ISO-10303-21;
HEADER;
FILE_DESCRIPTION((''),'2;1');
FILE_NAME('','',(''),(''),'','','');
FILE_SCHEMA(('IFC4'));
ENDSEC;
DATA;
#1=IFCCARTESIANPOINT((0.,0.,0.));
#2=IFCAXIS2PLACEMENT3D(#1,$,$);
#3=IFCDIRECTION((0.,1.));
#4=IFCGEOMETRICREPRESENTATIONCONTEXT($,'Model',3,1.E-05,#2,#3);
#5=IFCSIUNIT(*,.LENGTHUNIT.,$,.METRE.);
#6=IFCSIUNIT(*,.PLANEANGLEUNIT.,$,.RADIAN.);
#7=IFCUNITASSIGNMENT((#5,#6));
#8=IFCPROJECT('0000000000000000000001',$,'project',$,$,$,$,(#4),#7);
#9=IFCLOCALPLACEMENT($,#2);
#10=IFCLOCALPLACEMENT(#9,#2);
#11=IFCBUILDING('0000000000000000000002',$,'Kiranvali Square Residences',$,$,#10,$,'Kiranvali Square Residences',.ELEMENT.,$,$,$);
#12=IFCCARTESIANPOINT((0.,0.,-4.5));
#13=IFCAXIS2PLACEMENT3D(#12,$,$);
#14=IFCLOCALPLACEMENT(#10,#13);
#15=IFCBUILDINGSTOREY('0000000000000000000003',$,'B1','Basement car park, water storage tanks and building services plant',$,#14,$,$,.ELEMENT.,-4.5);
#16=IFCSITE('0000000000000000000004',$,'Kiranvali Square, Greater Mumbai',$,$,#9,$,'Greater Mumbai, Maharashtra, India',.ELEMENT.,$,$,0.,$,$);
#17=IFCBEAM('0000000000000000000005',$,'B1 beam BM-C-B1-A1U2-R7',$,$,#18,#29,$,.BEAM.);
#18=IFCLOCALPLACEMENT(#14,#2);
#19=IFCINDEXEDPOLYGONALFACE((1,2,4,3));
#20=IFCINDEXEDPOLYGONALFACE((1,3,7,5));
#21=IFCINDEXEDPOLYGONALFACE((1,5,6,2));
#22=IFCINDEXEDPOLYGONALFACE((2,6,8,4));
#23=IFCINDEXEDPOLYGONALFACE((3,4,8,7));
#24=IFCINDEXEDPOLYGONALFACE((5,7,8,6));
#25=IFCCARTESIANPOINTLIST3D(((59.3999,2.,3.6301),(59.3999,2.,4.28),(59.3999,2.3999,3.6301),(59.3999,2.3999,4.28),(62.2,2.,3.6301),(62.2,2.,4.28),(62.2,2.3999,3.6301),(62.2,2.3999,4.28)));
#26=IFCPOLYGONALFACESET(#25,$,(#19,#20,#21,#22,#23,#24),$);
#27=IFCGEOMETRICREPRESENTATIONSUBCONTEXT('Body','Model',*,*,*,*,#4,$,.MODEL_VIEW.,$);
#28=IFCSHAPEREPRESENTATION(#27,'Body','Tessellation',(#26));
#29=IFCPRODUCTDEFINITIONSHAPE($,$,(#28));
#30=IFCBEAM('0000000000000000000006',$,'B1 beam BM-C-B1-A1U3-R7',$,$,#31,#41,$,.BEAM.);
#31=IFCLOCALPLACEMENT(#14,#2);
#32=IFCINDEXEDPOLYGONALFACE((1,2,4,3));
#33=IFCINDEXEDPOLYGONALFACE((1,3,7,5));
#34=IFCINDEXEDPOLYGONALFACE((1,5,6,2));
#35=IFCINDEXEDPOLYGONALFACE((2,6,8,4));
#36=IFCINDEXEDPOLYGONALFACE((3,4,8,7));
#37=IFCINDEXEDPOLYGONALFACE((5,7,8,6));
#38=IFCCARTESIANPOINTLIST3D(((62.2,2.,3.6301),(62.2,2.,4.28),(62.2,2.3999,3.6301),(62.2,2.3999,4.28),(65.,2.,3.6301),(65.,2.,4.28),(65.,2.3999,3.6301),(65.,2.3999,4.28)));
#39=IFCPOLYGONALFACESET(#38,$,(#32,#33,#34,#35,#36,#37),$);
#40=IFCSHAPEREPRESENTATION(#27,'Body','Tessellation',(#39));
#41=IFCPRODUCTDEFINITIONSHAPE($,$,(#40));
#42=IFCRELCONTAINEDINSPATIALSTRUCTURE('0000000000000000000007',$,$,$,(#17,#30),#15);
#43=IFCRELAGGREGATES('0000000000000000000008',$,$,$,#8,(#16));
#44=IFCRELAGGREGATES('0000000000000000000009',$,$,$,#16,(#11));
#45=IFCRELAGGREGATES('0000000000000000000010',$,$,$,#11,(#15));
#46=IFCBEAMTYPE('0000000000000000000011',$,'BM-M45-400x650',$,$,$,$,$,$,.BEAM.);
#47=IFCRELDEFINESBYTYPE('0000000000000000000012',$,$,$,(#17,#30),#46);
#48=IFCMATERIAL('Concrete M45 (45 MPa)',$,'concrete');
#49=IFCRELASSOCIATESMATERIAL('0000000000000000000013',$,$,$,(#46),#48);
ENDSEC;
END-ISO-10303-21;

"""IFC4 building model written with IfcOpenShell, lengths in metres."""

from ifc_helpers import new_model, si_unit, direction, frame, origin, origin_2d, place, context, subcontext, project, spatial, rectangle, extrude, material, material_profile, profile_set, type_object, element, save


model = new_model("IFC4")

# Units and contexts
model_context = context("Model", 3, precision=1e-05, world=origin(), true_north=direction((0.0, 1.0)))
body_context = subcontext(model_context, "Body", "Model", "MODEL_VIEW")
ifc_project = project(units=[si_unit("LENGTHUNIT", "METRE"), si_unit("PLANEANGLEUNIT", "RADIAN")], contexts=[model_context])

# Site, building, storey
site_placement = place(None, origin())
site = spatial("IfcSite", under=ifc_project, at=site_placement, Name="Kiranvali Square, Greater Mumbai", LongName="Greater Mumbai, Maharashtra, India", CompositionType="ELEMENT", RefElevation=0.0)
building_placement = place(site_placement, origin())
building = spatial("IfcBuilding", under=site, at=building_placement, Name="Kiranvali Square Residences", LongName="Kiranvali Square Residences", CompositionType="ELEMENT")
storey_placement = place(building_placement, frame((0.0, 0.0, -4.5)))
storey = spatial("IfcBuildingStorey", under=building, at=storey_placement, Name="B1", Description="Basement car park, water storage tanks and building services plant", CompositionType="ELEMENT", Elevation=-4.5)

# Beams
ifc_material_1 = material(Name="Concrete M45 (45 MPa)", Category="concrete")
ifc_material_profile_1 = material_profile(ifc_material_1, rectangle(XDim=0.3999, YDim=0.6499, at=origin_2d()), Name="RC 400x650")
ifc_profile_set_1 = profile_set([ifc_material_profile_1], Name="Concrete M45 (45 MPa)")
beam_type_1 = type_object("IfcBeamType", Name="BM-M45-400x650", PredefinedType="BEAM", material=ifc_profile_set_1)
for number, where, z_axis, x_axis, name in (
    (1, (59.3999, 2.2, 3.9551), (1.0, 0.0, 0.0), (0.0, 1.0, 0.0), "B1 beam BM-C-B1-A1U2-R7"),
    (2, (62.2, 2.2, 3.9551), (1.0, 0.0, 0.0), (0.0, 1.0, 0.0), "B1 beam BM-C-B1-A1U3-R7"),
):
    element("IfcBeam", number, at=place(storey_placement, frame(where, z_axis=z_axis, x_axis=x_axis)), inside=storey, type_object=beam_type_1, Name=name, PredefinedType="BEAM", context=body_context, shape_type="SweptSolid", body=[
        extrude(rectangle(XDim=0.3999, YDim=0.6499, at=origin_2d()), origin(), (0.0, 0.0, 1.0), 2.8),
    ])

save(model, "model.ifc")
